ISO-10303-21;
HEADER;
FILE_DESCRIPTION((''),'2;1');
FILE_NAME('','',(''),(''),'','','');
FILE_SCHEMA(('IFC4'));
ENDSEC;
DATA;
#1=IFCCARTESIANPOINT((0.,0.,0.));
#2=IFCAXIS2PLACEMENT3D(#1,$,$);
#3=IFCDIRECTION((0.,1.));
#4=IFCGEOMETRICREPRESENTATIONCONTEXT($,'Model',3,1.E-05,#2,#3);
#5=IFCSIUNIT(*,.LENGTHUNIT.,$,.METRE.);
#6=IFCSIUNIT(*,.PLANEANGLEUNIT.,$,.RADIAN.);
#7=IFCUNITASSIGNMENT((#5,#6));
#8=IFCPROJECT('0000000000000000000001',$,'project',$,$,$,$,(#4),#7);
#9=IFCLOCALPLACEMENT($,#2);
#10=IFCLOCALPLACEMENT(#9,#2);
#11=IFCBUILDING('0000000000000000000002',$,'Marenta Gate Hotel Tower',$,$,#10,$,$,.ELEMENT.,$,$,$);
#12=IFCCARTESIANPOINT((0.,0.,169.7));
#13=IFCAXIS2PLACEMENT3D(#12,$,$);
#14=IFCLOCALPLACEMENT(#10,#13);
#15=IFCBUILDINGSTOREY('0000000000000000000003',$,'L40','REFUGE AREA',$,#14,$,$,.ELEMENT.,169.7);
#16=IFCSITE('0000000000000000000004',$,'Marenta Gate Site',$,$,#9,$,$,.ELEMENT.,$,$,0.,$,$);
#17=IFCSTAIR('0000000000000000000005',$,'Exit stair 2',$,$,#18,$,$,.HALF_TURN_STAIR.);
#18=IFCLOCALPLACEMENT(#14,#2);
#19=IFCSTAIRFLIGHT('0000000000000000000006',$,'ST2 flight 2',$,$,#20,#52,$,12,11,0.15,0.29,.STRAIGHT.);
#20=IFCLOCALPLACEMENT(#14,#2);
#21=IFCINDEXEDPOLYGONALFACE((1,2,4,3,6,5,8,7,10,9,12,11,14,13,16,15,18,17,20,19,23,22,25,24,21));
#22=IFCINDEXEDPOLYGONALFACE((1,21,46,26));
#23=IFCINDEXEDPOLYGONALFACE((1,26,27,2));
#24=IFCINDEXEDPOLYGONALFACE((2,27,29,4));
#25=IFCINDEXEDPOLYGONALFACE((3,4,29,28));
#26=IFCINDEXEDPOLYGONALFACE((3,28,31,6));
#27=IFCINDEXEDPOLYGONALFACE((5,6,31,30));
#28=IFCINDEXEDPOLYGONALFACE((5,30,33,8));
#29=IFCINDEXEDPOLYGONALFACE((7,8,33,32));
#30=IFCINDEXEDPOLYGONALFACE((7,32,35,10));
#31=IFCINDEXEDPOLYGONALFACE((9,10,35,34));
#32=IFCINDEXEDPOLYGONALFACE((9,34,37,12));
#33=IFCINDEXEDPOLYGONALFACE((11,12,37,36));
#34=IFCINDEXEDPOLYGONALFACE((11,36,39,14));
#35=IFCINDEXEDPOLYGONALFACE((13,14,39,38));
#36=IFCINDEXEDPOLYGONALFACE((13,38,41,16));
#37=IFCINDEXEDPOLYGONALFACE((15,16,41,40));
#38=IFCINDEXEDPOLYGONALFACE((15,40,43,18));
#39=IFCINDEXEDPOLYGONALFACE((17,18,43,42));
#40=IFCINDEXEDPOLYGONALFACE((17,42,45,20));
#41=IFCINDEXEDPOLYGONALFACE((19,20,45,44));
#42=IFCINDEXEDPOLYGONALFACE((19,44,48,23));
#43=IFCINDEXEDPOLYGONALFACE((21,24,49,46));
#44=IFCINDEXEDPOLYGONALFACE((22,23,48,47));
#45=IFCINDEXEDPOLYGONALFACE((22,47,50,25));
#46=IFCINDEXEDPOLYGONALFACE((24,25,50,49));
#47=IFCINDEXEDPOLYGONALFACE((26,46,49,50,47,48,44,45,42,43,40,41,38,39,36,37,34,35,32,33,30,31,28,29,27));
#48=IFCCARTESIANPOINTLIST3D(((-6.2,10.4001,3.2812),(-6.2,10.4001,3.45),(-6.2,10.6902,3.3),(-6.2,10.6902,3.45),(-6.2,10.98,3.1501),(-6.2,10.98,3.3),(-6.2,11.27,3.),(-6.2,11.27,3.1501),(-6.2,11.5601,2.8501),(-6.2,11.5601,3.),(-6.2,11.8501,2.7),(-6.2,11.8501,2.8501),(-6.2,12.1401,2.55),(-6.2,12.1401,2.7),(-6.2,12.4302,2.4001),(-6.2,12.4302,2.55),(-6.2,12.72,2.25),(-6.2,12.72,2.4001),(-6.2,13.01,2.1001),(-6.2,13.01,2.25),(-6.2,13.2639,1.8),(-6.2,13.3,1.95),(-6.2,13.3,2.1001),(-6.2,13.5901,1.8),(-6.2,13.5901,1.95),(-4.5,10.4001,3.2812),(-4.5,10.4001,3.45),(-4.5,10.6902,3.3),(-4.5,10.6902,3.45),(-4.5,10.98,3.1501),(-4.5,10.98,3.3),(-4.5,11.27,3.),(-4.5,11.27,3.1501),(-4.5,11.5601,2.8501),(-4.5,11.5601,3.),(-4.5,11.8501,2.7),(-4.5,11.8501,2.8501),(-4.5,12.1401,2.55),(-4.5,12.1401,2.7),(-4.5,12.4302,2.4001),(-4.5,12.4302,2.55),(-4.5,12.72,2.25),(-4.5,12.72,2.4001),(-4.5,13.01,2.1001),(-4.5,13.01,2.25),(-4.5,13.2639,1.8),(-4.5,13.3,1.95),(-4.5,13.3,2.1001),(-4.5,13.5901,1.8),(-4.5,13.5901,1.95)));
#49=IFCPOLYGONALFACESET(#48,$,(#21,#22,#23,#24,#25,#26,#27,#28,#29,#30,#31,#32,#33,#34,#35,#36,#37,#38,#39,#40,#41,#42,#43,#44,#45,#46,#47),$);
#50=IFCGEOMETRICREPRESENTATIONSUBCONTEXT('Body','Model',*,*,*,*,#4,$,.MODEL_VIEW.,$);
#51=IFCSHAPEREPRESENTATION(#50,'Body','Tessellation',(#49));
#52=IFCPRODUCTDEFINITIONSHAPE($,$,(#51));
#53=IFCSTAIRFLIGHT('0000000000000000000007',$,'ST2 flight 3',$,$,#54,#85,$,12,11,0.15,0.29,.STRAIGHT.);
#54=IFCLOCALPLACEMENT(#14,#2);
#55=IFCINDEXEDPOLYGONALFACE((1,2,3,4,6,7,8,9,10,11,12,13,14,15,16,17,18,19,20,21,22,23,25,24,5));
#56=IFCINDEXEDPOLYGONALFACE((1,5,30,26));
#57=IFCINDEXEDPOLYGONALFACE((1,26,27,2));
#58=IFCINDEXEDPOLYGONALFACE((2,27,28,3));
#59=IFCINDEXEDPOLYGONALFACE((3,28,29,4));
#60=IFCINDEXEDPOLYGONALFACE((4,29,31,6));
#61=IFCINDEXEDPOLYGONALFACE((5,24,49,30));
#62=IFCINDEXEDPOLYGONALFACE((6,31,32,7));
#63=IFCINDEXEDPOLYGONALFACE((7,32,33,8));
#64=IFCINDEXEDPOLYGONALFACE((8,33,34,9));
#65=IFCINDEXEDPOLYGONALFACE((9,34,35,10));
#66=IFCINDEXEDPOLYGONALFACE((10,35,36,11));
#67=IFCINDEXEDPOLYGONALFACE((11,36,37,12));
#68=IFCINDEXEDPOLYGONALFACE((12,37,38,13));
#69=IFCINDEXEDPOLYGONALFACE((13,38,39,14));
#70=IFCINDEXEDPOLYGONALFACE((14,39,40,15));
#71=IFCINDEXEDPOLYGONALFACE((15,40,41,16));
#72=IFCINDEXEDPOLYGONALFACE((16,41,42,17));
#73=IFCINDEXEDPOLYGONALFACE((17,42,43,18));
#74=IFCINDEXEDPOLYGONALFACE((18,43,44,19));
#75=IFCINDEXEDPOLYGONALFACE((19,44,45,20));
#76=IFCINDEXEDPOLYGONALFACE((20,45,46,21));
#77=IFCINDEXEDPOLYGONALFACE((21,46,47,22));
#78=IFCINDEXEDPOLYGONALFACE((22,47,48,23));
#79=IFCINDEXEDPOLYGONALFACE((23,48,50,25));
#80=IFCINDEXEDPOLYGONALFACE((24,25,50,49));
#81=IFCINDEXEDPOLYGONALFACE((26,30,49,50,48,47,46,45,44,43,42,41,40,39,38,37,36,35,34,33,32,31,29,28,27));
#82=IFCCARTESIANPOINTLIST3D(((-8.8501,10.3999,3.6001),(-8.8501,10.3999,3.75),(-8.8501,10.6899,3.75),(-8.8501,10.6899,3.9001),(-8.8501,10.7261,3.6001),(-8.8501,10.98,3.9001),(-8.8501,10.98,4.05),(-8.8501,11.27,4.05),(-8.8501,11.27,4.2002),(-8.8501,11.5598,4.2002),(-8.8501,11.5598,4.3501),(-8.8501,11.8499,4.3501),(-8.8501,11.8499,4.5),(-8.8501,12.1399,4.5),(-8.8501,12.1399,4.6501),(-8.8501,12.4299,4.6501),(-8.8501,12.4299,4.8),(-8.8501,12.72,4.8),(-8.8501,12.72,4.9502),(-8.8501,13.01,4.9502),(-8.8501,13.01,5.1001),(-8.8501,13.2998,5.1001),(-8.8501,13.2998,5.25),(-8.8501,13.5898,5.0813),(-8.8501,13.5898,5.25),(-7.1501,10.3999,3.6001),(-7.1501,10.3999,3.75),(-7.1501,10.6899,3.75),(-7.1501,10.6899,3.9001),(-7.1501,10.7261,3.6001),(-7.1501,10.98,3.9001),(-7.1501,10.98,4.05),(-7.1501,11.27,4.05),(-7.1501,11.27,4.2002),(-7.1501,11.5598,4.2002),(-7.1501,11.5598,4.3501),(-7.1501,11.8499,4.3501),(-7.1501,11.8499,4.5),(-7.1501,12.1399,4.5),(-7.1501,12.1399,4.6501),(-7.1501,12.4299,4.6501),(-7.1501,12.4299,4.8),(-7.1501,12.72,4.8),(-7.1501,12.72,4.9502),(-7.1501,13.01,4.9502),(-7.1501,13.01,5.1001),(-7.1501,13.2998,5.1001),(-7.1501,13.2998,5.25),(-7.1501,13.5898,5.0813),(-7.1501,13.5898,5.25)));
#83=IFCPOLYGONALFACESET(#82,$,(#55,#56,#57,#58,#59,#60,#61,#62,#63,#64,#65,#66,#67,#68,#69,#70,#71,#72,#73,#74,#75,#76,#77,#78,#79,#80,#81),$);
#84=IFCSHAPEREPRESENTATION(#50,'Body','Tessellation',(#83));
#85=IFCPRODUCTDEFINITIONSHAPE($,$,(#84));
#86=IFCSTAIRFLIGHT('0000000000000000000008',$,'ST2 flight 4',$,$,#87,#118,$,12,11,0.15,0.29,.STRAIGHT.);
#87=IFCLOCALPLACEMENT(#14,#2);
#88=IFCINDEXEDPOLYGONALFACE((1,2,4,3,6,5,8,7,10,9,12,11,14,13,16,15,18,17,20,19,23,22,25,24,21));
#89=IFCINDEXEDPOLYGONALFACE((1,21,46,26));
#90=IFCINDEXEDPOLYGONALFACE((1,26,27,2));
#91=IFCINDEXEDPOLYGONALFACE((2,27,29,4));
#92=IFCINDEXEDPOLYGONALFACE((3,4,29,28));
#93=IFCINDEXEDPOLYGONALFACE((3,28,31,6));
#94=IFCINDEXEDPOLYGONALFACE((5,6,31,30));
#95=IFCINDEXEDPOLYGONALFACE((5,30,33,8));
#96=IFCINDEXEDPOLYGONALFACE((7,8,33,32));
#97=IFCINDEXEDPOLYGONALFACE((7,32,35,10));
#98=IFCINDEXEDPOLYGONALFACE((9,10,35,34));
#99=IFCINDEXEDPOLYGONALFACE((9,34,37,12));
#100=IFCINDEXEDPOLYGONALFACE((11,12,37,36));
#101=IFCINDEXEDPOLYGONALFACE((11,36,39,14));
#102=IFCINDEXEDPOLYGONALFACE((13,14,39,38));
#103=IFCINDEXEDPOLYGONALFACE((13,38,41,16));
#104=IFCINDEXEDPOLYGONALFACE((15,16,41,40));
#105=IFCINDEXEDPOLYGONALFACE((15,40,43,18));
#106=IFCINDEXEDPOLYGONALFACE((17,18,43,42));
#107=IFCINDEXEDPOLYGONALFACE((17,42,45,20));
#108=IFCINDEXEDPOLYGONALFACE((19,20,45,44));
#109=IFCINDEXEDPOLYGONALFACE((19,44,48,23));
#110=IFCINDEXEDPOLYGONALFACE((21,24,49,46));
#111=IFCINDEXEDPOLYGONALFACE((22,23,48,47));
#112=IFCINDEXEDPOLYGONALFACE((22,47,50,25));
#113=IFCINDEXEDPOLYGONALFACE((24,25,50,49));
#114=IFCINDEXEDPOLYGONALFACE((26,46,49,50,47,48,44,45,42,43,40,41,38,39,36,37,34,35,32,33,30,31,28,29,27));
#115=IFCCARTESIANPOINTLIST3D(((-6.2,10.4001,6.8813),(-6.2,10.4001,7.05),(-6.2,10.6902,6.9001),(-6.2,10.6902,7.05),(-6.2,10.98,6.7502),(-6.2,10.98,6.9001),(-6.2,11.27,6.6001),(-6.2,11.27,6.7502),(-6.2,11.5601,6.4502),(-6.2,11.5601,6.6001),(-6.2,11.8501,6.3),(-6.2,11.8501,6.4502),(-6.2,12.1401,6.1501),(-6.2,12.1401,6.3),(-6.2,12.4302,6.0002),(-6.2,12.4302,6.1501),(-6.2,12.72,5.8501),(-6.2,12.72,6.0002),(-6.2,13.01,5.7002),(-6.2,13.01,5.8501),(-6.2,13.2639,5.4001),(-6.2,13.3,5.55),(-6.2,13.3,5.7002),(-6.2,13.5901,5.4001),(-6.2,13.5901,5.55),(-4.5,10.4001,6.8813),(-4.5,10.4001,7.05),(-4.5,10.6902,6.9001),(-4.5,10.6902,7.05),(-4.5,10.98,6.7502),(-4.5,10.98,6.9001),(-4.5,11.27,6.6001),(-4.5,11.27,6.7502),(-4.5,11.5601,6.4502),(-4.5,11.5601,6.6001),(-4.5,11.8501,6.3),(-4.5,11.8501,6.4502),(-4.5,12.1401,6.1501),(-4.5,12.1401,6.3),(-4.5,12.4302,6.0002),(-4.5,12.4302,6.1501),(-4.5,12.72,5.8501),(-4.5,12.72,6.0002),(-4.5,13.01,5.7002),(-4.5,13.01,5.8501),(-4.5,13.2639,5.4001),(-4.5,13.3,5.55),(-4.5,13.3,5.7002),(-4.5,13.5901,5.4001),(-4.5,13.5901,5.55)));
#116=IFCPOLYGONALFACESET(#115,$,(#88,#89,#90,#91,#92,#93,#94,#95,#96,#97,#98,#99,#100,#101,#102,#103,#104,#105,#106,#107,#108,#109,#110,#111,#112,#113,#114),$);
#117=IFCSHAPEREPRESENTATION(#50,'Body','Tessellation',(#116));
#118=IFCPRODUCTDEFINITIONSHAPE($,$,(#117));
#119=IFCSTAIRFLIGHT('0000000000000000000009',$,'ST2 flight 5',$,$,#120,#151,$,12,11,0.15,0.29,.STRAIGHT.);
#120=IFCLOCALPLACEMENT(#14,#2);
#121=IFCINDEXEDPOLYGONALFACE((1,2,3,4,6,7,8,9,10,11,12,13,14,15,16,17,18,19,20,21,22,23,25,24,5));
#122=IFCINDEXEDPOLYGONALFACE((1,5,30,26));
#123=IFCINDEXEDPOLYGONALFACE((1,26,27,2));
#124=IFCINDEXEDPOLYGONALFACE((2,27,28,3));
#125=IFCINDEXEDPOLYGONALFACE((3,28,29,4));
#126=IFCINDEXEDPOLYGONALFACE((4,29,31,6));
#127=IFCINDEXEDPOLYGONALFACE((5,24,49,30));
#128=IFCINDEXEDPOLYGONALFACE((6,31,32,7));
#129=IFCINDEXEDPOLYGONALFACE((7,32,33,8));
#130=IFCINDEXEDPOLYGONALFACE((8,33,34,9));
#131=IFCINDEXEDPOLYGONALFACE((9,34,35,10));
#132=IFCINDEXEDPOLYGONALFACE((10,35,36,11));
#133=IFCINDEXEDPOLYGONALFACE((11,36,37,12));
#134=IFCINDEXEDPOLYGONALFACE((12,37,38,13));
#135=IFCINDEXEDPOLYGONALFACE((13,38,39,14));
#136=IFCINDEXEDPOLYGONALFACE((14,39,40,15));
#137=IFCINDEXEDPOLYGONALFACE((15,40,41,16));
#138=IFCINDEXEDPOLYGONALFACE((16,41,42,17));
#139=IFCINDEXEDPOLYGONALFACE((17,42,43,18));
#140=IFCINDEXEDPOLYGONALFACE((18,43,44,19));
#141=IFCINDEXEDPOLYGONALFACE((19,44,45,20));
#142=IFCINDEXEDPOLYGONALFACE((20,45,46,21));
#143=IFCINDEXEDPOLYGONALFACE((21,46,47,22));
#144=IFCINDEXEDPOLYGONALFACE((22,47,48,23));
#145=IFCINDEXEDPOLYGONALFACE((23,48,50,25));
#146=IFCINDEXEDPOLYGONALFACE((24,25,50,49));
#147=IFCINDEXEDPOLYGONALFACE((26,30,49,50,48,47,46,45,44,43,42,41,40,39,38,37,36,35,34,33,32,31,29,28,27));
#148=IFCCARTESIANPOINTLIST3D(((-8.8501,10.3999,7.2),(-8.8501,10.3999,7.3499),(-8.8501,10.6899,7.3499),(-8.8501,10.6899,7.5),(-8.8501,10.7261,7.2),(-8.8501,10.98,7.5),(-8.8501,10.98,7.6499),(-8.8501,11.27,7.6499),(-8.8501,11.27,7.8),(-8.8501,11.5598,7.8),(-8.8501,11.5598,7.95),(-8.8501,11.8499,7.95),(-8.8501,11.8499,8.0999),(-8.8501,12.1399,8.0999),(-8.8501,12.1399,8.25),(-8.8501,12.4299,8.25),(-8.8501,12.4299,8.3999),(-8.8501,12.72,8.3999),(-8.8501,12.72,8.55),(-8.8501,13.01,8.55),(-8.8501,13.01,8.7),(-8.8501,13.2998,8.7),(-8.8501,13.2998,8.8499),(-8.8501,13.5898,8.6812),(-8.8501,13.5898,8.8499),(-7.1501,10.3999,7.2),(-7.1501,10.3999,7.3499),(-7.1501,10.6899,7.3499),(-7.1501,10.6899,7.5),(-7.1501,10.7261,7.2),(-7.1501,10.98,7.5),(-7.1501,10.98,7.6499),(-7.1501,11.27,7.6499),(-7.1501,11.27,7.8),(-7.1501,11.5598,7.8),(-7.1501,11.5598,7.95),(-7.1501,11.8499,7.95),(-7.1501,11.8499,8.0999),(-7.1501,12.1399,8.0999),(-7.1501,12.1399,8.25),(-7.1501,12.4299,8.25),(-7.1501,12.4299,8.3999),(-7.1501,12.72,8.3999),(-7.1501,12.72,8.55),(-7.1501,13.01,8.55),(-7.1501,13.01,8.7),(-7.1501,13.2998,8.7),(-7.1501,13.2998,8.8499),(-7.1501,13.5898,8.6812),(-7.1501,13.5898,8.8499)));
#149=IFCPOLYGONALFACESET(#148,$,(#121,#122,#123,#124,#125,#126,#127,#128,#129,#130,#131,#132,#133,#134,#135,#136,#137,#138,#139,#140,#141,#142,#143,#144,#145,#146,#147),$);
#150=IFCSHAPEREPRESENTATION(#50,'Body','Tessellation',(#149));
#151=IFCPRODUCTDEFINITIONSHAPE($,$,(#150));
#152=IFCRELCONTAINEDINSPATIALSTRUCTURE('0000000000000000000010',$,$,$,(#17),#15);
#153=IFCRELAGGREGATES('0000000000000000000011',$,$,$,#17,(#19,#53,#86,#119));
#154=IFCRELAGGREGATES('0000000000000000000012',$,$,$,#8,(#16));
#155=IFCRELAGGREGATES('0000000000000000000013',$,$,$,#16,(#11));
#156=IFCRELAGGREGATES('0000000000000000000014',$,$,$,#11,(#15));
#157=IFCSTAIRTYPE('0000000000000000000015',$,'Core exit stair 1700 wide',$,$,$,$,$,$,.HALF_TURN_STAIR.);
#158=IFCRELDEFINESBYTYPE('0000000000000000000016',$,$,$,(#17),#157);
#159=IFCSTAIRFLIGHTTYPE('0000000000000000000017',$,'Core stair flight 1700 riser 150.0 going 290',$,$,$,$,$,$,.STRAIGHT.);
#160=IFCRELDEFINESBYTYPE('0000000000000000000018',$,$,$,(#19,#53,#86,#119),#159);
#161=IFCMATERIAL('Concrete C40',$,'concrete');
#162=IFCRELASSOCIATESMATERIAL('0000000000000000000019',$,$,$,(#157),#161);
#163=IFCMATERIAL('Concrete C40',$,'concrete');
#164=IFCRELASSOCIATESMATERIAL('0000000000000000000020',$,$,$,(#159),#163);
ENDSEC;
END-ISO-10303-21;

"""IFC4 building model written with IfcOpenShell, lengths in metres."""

from ifc_helpers import new_model, si_unit, direction, frame, origin, place, context, subcontext, project, spatial, polyline, outline, extrude, material, type_object, element, aggregate, save


model = new_model("IFC4")

# Units and contexts
model_context = context("Model", 3, precision=1e-05, world=origin(), true_north=direction((0.0, 1.0)))
body_context = subcontext(model_context, "Body", "Model", "MODEL_VIEW")
ifc_project = project(units=[si_unit("LENGTHUNIT", "METRE"), si_unit("PLANEANGLEUNIT", "RADIAN")], contexts=[model_context])

# Site, building, storey
site_placement = place(None, origin())
site = spatial("IfcSite", under=ifc_project, at=site_placement, Name="Marenta Gate Site", CompositionType="ELEMENT", RefElevation=0.0)
building_placement = place(site_placement, origin())
building = spatial("IfcBuilding", under=site, at=building_placement, Name="Marenta Gate Hotel Tower", CompositionType="ELEMENT")
storey_placement = place(building_placement, frame((0.0, 0.0, 169.7)))
storey = spatial("IfcBuildingStorey", under=building, at=storey_placement, Name="L40", Description="REFUGE AREA", CompositionType="ELEMENT", Elevation=169.7)

# Stair, stair flights
ifc_material_1 = material(Name="Concrete C40", Category="concrete")
stair_type = type_object("IfcStairType", Name="Core exit stair 1700 wide", PredefinedType="HALF_TURN_STAIR", material=ifc_material_1)
stair_placement = place(storey_placement, origin())
stair = element("IfcStair", 1, at=stair_placement, inside=storey, type_object=stair_type, Name="Exit stair 2", PredefinedType="HALF_TURN_STAIR")
ifc_material_2 = material(Name="Concrete C40", Category="concrete")
stair_flight_type = type_object("IfcStairFlightType", Name="Core stair flight 1700 riser 150.0 going 290", PredefinedType="STRAIGHT", material=ifc_material_2)
stair_flight_1_placement = place(storey_placement, frame((-5.3501, 13.5901, 1.8), z_axis=(0.0, 0.0, 1.0), x_axis=(0.0, -1.0, 0.0)))
stair_flight_1 = element("IfcStairFlight", 2, at=stair_flight_1_placement, type_object=stair_flight_type, Name="ST2 flight 2", NumberOfRisers=12, NumberOfTreads=11, PredefinedType="STRAIGHT", RiserHeight=0.15, TreadLength=0.29, context=body_context, shape_type="SweptSolid", body=[
    extrude(outline(polyline([(0.0, 0.0), (0.0, 0.1499), (0.29, 0.1499), (0.29, 0.3), (0.5801, 0.3), (0.5801, 0.45), (0.8701, 0.45), (0.8701, 0.6001), (1.1599, 0.6001), (1.1599, 0.75), (1.45, 0.75), (1.45, 0.8999), (1.74, 0.8999), (1.74, 1.05), (2.03, 1.05), (2.03, 1.2), (2.3201, 1.2), (2.3201, 1.3501), (2.6101, 1.3501), (2.6101, 1.5), (2.8999, 1.5), (2.8999, 1.6499), (3.1899, 1.6499), (3.1899, 1.8), (3.1899, 1.4812), (0.3262, 0.0), (0.0, 0.0)])), frame((0.0, 0.8501, 0.0), z_axis=(0.0, -1.0, 0.0), x_axis=(1.0, 0.0, 0.0)), (0.0, 0.0, 1.0), 1.7),
])
stair_flight_2_placement = place(storey_placement, frame((-8.0, 10.3999, 3.6001), z_axis=(0.0, 0.0, 1.0), x_axis=(0.0, 1.0, 0.0)))
stair_flight_2 = element("IfcStairFlight", 3, at=stair_flight_2_placement, type_object=stair_flight_type, Name="ST2 flight 3", NumberOfRisers=12, NumberOfTreads=11, PredefinedType="STRAIGHT", RiserHeight=0.15, TreadLength=0.29, context=body_context, shape_type="SweptSolid", body=[
    extrude(outline(polyline([(0.0, 0.0), (0.0, 0.1499), (0.29, 0.1499), (0.29, 0.3), (0.5801, 0.3), (0.5801, 0.45), (0.8701, 0.45), (0.8701, 0.6001), (1.1599, 0.6001), (1.1599, 0.75), (1.45, 0.75), (1.45, 0.8999), (1.74, 0.8999), (1.74, 1.05), (2.03, 1.05), (2.03, 1.2), (2.3201, 1.2), (2.3201, 1.3501), (2.6101, 1.3501), (2.6101, 1.5), (2.8999, 1.5), (2.8999, 1.6499), (3.1899, 1.6499), (3.1899, 1.8), (3.1899, 1.4812), (0.3262, 0.0), (0.0, 0.0)])), frame((0.0, 0.8501, 0.0), z_axis=(0.0, -1.0, 0.0), x_axis=(1.0, 0.0, 0.0)), (0.0, 0.0, 1.0), 1.7),
])
stair_flight_3_placement = place(storey_placement, frame((-5.3501, 13.5901, 5.4001), z_axis=(0.0, 0.0, 1.0), x_axis=(0.0, -1.0, 0.0)))
stair_flight_3 = element("IfcStairFlight", 4, at=stair_flight_3_placement, type_object=stair_flight_type, Name="ST2 flight 4", NumberOfRisers=12, NumberOfTreads=11, PredefinedType="STRAIGHT", RiserHeight=0.15, TreadLength=0.29, context=body_context, shape_type="SweptSolid", body=[
    extrude(outline(polyline([(0.0, 0.0), (0.0, 0.1499), (0.29, 0.1499), (0.29, 0.3), (0.5801, 0.3), (0.5801, 0.45), (0.8701, 0.45), (0.8701, 0.6001), (1.1599, 0.6001), (1.1599, 0.75), (1.45, 0.75), (1.45, 0.8999), (1.74, 0.8999), (1.74, 1.05), (2.03, 1.05), (2.03, 1.2), (2.3201, 1.2), (2.3201, 1.3501), (2.6101, 1.3501), (2.6101, 1.5), (2.8999, 1.5), (2.8999, 1.6499), (3.1899, 1.6499), (3.1899, 1.8), (3.1899, 1.4812), (0.3262, 0.0), (0.0, 0.0)])), frame((0.0, 0.8501, 0.0), z_axis=(0.0, -1.0, 0.0), x_axis=(1.0, 0.0, 0.0)), (0.0, 0.0, 1.0), 1.7),
])
stair_flight_4_placement = place(storey_placement, frame((-8.0, 10.3999, 7.2), z_axis=(0.0, 0.0, 1.0), x_axis=(0.0, 1.0, 0.0)))
stair_flight_4 = element("IfcStairFlight", 5, at=stair_flight_4_placement, type_object=stair_flight_type, Name="ST2 flight 5", NumberOfRisers=12, NumberOfTreads=11, PredefinedType="STRAIGHT", RiserHeight=0.15, TreadLength=0.29, context=body_context, shape_type="SweptSolid", body=[
    extrude(outline(polyline([(0.0, 0.0), (0.0, 0.1499), (0.29, 0.1499), (0.29, 0.3), (0.5801, 0.3), (0.5801, 0.45), (0.8701, 0.45), (0.8701, 0.6001), (1.1599, 0.6001), (1.1599, 0.75), (1.45, 0.75), (1.45, 0.8999), (1.74, 0.8999), (1.74, 1.05), (2.03, 1.05), (2.03, 1.2), (2.3201, 1.2), (2.3201, 1.3501), (2.6101, 1.3501), (2.6101, 1.5), (2.8999, 1.5), (2.8999, 1.6499), (3.1899, 1.6499), (3.1899, 1.8), (3.1899, 1.4812), (0.3262, 0.0), (0.0, 0.0)])), frame((0.0, 0.8501, 0.0), z_axis=(0.0, -1.0, 0.0), x_axis=(1.0, 0.0, 0.0)), (0.0, 0.0, 1.0), 1.7),
])
aggregate(stair, [stair_flight_1, stair_flight_2, stair_flight_3, stair_flight_4])

save(model, "model.ifc")
